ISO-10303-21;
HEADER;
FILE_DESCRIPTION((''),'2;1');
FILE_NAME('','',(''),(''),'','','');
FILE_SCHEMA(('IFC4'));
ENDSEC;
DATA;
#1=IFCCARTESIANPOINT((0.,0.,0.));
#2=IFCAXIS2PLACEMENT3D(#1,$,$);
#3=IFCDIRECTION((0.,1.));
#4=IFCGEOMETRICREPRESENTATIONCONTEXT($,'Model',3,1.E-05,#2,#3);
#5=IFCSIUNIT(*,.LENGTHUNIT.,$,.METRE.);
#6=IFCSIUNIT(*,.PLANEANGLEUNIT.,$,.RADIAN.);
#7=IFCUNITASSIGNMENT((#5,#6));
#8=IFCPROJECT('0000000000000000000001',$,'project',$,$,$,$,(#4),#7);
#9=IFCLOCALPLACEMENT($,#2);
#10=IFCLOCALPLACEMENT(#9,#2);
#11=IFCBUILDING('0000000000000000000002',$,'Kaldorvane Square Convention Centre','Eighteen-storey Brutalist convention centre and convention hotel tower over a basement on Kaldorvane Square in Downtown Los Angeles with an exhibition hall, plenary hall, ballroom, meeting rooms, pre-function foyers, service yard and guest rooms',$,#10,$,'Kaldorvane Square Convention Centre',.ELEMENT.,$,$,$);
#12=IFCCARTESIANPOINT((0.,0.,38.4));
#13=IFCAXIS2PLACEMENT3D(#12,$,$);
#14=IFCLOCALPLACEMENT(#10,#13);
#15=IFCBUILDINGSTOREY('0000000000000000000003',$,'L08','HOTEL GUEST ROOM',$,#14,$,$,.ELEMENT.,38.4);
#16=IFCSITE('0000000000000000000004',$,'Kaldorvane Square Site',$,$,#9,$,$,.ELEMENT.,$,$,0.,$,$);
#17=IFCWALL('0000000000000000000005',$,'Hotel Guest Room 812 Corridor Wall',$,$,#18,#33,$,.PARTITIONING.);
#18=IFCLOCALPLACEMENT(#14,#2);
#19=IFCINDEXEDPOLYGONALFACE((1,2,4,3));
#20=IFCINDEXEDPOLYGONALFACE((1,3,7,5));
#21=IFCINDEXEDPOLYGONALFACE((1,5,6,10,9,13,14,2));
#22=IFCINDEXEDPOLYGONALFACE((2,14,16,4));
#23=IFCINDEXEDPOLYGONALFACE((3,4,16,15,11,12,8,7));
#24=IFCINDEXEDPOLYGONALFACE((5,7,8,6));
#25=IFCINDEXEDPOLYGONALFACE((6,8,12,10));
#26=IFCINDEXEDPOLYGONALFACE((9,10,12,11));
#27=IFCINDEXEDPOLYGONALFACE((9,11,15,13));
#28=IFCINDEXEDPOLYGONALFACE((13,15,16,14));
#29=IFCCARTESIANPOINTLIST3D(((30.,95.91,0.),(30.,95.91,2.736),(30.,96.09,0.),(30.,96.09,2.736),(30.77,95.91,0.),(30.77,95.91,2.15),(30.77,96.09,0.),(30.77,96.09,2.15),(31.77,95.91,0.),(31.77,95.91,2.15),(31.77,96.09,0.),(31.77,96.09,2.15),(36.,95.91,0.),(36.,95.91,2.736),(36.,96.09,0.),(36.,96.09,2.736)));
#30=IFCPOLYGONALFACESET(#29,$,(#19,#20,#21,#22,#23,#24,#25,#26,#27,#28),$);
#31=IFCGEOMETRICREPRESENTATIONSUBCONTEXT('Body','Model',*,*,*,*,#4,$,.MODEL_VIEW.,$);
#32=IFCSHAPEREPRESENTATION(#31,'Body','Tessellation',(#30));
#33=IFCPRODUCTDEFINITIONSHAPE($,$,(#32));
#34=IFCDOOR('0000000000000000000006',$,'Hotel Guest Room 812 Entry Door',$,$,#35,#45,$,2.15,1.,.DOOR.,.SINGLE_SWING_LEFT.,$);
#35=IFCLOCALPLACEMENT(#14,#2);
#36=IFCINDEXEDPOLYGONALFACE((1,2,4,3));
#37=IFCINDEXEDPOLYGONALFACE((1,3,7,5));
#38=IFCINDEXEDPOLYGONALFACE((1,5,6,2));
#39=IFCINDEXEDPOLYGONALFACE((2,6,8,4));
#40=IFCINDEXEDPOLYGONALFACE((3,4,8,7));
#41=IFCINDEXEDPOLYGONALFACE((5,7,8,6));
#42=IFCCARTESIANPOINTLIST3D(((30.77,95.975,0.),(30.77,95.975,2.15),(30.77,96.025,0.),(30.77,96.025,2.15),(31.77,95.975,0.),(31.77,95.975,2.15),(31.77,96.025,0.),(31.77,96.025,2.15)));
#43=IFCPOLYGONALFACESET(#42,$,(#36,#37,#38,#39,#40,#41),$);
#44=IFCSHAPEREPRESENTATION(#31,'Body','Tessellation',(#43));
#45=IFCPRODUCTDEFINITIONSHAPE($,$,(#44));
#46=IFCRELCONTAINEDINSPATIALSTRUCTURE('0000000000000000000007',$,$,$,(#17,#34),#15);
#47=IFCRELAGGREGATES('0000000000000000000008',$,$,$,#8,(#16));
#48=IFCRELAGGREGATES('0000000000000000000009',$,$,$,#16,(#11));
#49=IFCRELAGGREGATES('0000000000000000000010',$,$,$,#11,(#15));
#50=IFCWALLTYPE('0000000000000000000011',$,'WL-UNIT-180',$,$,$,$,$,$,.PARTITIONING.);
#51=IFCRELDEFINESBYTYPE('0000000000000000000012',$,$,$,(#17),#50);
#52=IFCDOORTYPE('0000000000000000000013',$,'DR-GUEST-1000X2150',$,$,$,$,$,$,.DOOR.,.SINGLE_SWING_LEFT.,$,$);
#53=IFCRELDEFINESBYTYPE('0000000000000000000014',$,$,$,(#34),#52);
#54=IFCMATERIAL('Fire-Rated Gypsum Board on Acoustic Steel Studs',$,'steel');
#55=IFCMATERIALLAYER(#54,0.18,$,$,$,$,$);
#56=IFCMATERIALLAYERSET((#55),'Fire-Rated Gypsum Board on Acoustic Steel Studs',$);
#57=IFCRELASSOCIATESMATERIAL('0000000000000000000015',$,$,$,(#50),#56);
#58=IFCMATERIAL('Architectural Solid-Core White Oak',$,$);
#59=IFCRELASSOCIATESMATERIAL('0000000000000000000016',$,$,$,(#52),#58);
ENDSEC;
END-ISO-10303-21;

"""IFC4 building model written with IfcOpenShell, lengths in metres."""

from ifc_helpers import new_model, si_unit, direction, frame, frame_2d, origin, place, context, subcontext, project, spatial, rectangle, extrude, material, layer, layer_set, type_object, element, fill, save


model = new_model("IFC4")

# Units and contexts
model_context = context("Model", 3, precision=1e-05, world=origin(), true_north=direction((0.0, 1.0)))
body_context = subcontext(model_context, "Body", "Model", "MODEL_VIEW")
ifc_project = project(units=[si_unit("LENGTHUNIT", "METRE"), si_unit("PLANEANGLEUNIT", "RADIAN")], contexts=[model_context])

# Site, building, storey
site_placement = place(None, origin())
site = spatial("IfcSite", under=ifc_project, at=site_placement, Name="Kaldorvane Square Site", CompositionType="ELEMENT", RefElevation=0.0)
building_placement = place(site_placement, origin())
building = spatial("IfcBuilding", under=site, at=building_placement, Name="Kaldorvane Square Convention Centre", Description="Eighteen-storey Brutalist convention centre and convention hotel tower over a basement on Kaldorvane Square in Downtown Los Angeles with an exhibition hall, plenary hall, ballroom, meeting rooms, pre-function foyers, service yard and guest rooms", LongName="Kaldorvane Square Convention Centre", CompositionType="ELEMENT")
storey_placement = place(building_placement, frame((0.0, 0.0, 38.4)))
storey = spatial("IfcBuildingStorey", under=building, at=storey_placement, Name="L08", Description="HOTEL GUEST ROOM", CompositionType="ELEMENT", Elevation=38.4)

# Shared definitions
ifc_material_1 = material(Name="Fire-Rated Gypsum Board on Acoustic Steel Studs", Category="steel")
ifc_material_2 = material(Name="Architectural Solid-Core White Oak")

# Wall, opening, door
ifc_layer_1 = layer(ifc_material_1, 0.18)
ifc_layer_set_1 = layer_set([ifc_layer_1], Name="Fire-Rated Gypsum Board on Acoustic Steel Studs")
wall_type_1 = type_object("IfcWallType", Name="WL-UNIT-180", PredefinedType="PARTITIONING", material=ifc_layer_set_1)
door_type_1 = type_object("IfcDoorType", Name="DR-GUEST-1000X2150", OperationType="SINGLE_SWING_LEFT", PredefinedType="DOOR", material=ifc_material_2)
wall_1_placement = place(storey_placement, frame((30.0, 96.0, 0.0), z_axis=(0.0, 0.0, 1.0), x_axis=(1.0, 0.0, 0.0)))
wall_1 = element("IfcWall", 1, at=wall_1_placement, inside=storey, type_object=wall_type_1, Name="Hotel Guest Room 812 Corridor Wall", PredefinedType="PARTITIONING", context=body_context, shape_type="SweptSolid", body=[
    extrude(rectangle(XDim=6.0, YDim=0.18, at=frame_2d((3.0, 0.0))), origin(), (0.0, 0.0, 1.0), 2.736),
])
opening_1_placement = place(wall_1_placement, frame((0.77, 0.0, 0.0)))
opening_1 = element("IfcOpeningElement", 2, at=opening_1_placement, cuts=wall_1, PredefinedType="OPENING", context=body_context, shape_type="SweptSolid", body=[
    extrude(rectangle(XDim=1.0, YDim=2.15, at=frame_2d((0.5, 1.075))), frame((0.0, 0.105, 0.0), z_axis=(0.0, -1.0, 0.0), x_axis=(1.0, 0.0, 0.0)), (0.0, 0.0, 1.0), 0.21),
])
door_1_placement = place(opening_1_placement, origin())
door_1 = element("IfcDoor", 3, at=door_1_placement, inside=storey, type_object=door_type_1, Name="Hotel Guest Room 812 Entry Door", OperationType="SINGLE_SWING_LEFT", OverallHeight=2.15, OverallWidth=1.0, PredefinedType="DOOR", context=body_context, shape_type="SweptSolid", body=[
    extrude(rectangle(XDim=1.0, YDim=2.15, at=frame_2d((0.5, 1.075))), frame((0.0, 0.025, 0.0), z_axis=(0.0, -1.0, 0.0), x_axis=(1.0, 0.0, 0.0)), (0.0, 0.0, 1.0), 0.05),
])
fill(opening_1, door_1)

save(model, "model.ifc")
